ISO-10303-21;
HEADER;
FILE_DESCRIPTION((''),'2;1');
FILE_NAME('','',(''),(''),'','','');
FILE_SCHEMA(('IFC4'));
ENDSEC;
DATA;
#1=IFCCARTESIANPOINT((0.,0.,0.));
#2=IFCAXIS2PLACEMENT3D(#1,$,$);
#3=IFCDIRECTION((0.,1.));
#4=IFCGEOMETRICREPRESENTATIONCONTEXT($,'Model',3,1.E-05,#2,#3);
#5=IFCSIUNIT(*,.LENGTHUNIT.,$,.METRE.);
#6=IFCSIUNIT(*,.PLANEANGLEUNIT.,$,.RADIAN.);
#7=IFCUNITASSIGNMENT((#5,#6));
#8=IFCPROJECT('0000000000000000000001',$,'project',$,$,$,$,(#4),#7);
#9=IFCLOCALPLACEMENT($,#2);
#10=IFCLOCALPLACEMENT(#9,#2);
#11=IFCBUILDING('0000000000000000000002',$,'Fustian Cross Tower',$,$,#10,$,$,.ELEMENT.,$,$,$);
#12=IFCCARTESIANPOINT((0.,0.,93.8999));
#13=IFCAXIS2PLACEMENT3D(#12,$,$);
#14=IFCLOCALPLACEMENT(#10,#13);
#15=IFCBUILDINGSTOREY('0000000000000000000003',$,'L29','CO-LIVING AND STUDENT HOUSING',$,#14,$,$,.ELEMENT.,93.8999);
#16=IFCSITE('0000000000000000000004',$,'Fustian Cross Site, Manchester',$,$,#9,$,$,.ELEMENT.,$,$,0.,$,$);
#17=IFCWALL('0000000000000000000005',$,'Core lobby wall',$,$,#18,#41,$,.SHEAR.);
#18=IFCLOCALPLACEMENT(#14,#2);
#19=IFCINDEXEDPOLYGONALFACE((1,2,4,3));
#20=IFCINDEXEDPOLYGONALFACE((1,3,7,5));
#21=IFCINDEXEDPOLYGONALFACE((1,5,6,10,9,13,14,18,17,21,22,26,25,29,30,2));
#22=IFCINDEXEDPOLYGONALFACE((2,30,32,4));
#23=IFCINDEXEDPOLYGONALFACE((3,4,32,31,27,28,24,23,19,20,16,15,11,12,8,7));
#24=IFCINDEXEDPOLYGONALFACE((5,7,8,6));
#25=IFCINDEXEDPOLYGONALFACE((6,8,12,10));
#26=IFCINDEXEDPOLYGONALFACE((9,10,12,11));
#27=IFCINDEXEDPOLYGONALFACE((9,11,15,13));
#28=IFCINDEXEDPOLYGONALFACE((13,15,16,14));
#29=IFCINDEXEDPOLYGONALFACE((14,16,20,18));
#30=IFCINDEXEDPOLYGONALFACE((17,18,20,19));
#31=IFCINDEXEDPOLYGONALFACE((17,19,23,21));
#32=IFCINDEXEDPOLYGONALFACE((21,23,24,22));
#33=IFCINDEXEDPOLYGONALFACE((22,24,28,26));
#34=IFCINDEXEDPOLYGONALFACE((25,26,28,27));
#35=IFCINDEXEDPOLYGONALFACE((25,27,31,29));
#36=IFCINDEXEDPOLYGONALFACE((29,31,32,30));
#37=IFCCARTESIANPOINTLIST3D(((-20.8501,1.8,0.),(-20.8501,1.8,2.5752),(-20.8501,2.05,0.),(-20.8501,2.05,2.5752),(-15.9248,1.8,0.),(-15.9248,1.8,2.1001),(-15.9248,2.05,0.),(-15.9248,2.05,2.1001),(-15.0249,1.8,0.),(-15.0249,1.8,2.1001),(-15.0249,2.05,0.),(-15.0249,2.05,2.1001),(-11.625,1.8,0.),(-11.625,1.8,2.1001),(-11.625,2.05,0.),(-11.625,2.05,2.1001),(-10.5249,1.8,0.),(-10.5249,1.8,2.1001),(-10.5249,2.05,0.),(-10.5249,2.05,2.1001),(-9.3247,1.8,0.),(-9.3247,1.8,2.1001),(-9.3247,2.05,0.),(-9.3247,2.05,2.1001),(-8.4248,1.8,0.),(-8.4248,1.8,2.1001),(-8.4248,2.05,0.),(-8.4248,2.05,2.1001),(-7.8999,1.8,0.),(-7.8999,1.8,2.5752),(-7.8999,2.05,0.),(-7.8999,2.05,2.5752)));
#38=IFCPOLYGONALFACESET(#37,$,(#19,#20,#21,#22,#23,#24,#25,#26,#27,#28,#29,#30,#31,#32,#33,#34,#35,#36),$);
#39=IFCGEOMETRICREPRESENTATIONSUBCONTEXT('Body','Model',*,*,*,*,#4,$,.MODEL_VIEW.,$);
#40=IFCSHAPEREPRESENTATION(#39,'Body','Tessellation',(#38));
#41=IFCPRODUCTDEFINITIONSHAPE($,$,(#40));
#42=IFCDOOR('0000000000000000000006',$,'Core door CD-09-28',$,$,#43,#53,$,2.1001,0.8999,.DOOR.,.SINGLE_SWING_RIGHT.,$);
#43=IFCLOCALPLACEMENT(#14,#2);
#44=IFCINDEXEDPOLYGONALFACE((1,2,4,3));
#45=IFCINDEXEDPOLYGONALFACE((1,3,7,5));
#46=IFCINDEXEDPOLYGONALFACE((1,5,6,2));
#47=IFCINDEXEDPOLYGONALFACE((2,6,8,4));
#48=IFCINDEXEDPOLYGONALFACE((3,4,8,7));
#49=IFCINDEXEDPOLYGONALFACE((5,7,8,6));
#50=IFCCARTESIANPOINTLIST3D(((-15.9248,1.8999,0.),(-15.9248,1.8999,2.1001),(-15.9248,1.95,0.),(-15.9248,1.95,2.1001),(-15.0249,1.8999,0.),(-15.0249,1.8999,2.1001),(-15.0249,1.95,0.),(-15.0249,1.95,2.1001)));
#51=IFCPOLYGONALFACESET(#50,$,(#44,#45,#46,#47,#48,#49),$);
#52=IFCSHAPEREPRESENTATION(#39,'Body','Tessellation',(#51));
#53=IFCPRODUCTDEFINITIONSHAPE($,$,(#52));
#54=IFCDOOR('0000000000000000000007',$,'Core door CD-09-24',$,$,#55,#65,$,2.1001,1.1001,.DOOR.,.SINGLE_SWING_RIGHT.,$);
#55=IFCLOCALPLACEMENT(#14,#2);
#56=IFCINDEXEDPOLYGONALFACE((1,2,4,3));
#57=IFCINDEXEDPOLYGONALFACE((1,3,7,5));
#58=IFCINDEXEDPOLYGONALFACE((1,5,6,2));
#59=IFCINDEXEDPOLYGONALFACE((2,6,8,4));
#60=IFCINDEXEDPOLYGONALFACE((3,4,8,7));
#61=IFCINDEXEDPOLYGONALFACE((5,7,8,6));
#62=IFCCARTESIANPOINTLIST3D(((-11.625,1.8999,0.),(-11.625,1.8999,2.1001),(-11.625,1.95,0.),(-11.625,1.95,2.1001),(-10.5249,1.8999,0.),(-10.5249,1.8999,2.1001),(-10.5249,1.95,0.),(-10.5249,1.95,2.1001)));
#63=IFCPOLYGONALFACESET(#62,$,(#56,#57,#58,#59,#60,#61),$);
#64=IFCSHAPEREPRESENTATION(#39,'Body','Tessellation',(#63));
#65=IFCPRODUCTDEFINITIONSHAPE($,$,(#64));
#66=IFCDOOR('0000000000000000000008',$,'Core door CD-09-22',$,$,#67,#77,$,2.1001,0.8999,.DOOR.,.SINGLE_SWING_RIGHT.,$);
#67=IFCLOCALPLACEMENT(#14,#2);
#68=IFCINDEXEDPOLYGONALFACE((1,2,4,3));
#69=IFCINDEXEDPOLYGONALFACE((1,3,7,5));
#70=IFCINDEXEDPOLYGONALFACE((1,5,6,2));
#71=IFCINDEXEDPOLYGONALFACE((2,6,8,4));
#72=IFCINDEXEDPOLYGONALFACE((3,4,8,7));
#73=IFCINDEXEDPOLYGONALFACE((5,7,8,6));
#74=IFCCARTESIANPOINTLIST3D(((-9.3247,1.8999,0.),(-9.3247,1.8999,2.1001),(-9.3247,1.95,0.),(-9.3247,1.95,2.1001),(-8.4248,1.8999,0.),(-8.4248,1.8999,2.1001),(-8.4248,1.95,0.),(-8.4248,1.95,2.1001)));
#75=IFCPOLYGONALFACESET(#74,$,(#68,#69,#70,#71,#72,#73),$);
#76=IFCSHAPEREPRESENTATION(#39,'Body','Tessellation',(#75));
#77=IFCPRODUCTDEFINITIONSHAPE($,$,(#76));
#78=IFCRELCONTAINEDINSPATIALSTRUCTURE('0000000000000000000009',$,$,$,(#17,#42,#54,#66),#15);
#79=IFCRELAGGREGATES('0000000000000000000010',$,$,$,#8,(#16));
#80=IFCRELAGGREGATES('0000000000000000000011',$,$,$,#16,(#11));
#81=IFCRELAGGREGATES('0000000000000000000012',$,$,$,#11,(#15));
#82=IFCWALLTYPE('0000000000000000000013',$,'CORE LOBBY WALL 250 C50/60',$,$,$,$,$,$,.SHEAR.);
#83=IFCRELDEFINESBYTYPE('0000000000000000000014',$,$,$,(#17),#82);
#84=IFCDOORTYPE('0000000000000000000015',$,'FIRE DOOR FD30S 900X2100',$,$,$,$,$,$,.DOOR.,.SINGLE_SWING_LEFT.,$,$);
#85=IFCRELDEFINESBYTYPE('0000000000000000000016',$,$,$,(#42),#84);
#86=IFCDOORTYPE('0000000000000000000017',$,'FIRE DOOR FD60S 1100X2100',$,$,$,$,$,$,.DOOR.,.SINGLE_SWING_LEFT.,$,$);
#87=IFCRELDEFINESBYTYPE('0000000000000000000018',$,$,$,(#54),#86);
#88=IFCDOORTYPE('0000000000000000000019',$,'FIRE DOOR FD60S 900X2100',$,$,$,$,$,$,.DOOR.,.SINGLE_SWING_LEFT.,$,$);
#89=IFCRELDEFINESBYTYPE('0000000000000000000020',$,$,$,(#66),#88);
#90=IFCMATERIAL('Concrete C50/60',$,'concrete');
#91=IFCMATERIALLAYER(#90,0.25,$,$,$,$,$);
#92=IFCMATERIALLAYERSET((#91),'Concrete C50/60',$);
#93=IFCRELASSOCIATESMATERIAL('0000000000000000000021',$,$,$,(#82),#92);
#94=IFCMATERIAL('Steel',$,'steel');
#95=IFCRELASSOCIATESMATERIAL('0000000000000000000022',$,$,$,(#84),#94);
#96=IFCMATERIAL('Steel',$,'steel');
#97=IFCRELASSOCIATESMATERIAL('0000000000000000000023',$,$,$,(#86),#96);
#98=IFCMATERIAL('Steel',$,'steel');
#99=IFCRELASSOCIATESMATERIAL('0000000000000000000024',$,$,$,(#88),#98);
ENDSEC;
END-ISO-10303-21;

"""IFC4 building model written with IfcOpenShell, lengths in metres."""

from ifc_helpers import new_model, si_unit, direction, frame, frame_2d, origin, place, context, subcontext, project, spatial, rectangle, extrude, material, layer, layer_set, type_object, element, fill, save


model = new_model("IFC4")

# Units and contexts
model_context = context("Model", 3, precision=1e-05, world=origin(), true_north=direction((0.0, 1.0)))
body_context = subcontext(model_context, "Body", "Model", "MODEL_VIEW")
ifc_project = project(units=[si_unit("LENGTHUNIT", "METRE"), si_unit("PLANEANGLEUNIT", "RADIAN")], contexts=[model_context])

# Site, building, storey
site_placement = place(None, origin())
site = spatial("IfcSite", under=ifc_project, at=site_placement, Name="Fustian Cross Site, Manchester", CompositionType="ELEMENT", RefElevation=0.0)
building_placement = place(site_placement, origin())
building = spatial("IfcBuilding", under=site, at=building_placement, Name="Fustian Cross Tower", CompositionType="ELEMENT")
storey_placement = place(building_placement, frame((0.0, 0.0, 93.8999)))
storey = spatial("IfcBuildingStorey", under=building, at=storey_placement, Name="L29", Description="CO-LIVING AND STUDENT HOUSING", CompositionType="ELEMENT", Elevation=93.8999)

# Wall, openings, doors
ifc_material_1 = material(Name="Concrete C50/60", Category="concrete")
ifc_layer_1 = layer(ifc_material_1, 0.25)
ifc_layer_set_1 = layer_set([ifc_layer_1], Name="Concrete C50/60")
wall_type_1 = type_object("IfcWallType", Name="CORE LOBBY WALL 250 C50/60", PredefinedType="SHEAR", material=ifc_layer_set_1)
wall_1_placement = place(storey_placement, frame((-7.8999, 1.925, 0.0), z_axis=(0.0, 0.0, 1.0), x_axis=(-1.0, 0.0, 0.0)))
wall_1 = element("IfcWall", 1, at=wall_1_placement, inside=storey, type_object=wall_type_1, Name="Core lobby wall", PredefinedType="SHEAR", context=body_context, shape_type="SweptSolid", body=[
    extrude(rectangle(XDim=12.9502, YDim=0.25, at=frame_2d((6.4751, 0.0))), origin(), (0.0, 0.0, 1.0), 2.5752),
])
opening_1_placement = place(wall_1_placement, frame((0.5249, 0.0, 0.0)))
opening_1 = element("IfcOpeningElement", 2, at=opening_1_placement, cuts=wall_1, PredefinedType="OPENING", context=body_context, shape_type="SweptSolid", body=[
    extrude(rectangle(XDim=0.8999, YDim=2.1001, at=frame_2d((0.45, 1.05))), frame((0.0, 0.135, 0.0), z_axis=(0.0, -1.0, 0.0), x_axis=(1.0, 0.0, 0.0)), (0.0, 0.0, 1.0), 0.27),
])
opening_2_placement = place(wall_1_placement, frame((2.625, 0.0, 0.0)))
opening_2 = element("IfcOpeningElement", 3, at=opening_2_placement, cuts=wall_1, PredefinedType="OPENING", context=body_context, shape_type="SweptSolid", body=[
    extrude(rectangle(XDim=1.1001, YDim=2.1001, at=frame_2d((0.55, 1.05))), frame((0.0, 0.135, 0.0), z_axis=(0.0, -1.0, 0.0), x_axis=(1.0, 0.0, 0.0)), (0.0, 0.0, 1.0), 0.27),
])
opening_3_placement = place(wall_1_placement, frame((7.125, 0.0, 0.0)))
opening_3 = element("IfcOpeningElement", 4, at=opening_3_placement, cuts=wall_1, PredefinedType="OPENING", context=body_context, shape_type="SweptSolid", body=[
    extrude(rectangle(XDim=0.8999, YDim=2.1001, at=frame_2d((0.45, 1.05))), frame((0.0, 0.135, 0.0), z_axis=(0.0, -1.0, 0.0), x_axis=(1.0, 0.0, 0.0)), (0.0, 0.0, 1.0), 0.27),
])
ifc_material_2 = material(Name="Steel", Category="steel")
door_type_1 = type_object("IfcDoorType", Name="FIRE DOOR FD30S 900X2100", OperationType="SINGLE_SWING_LEFT", PredefinedType="DOOR", material=ifc_material_2)
door_1_placement = place(opening_3_placement, frame((0.8999, 0.0, 0.0), z_axis=(0.0, 0.0, 1.0), x_axis=(-1.0, 0.0, 0.0)))
door_1 = element("IfcDoor", 5, at=door_1_placement, inside=storey, type_object=door_type_1, Name="Core door CD-09-28", OperationType="SINGLE_SWING_RIGHT", OverallHeight=2.1001, OverallWidth=0.8999, PredefinedType="DOOR", context=body_context, shape_type="SweptSolid", body=[
    extrude(rectangle(XDim=0.8999, YDim=2.1001, at=frame_2d((0.45, 1.05))), frame((0.0, 0.0249, 0.0), z_axis=(0.0, -1.0, 0.0), x_axis=(1.0, 0.0, 0.0)), (0.0, 0.0, 1.0), 0.05),
])
fill(opening_3, door_1)
ifc_material_3 = material(Name="Steel", Category="steel")
door_type_2 = type_object("IfcDoorType", Name="FIRE DOOR FD60S 1100X2100", OperationType="SINGLE_SWING_LEFT", PredefinedType="DOOR", material=ifc_material_3)
door_2_placement = place(opening_2_placement, frame((1.1001, 0.0, 0.0), z_axis=(0.0, 0.0, 1.0), x_axis=(-1.0, 0.0, 0.0)))
door_2 = element("IfcDoor", 6, at=door_2_placement, inside=storey, type_object=door_type_2, Name="Core door CD-09-24", OperationType="SINGLE_SWING_RIGHT", OverallHeight=2.1001, OverallWidth=1.1001, PredefinedType="DOOR", context=body_context, shape_type="SweptSolid", body=[
    extrude(rectangle(XDim=1.1001, YDim=2.1001, at=frame_2d((0.55, 1.05))), frame((0.0, 0.0249, 0.0), z_axis=(0.0, -1.0, 0.0), x_axis=(1.0, 0.0, 0.0)), (0.0, 0.0, 1.0), 0.05),
])
fill(opening_2, door_2)
ifc_material_4 = material(Name="Steel", Category="steel")
door_type_3 = type_object("IfcDoorType", Name="FIRE DOOR FD60S 900X2100", OperationType="SINGLE_SWING_LEFT", PredefinedType="DOOR", material=ifc_material_4)
door_3_placement = place(opening_1_placement, frame((0.8999, 0.0, 0.0), z_axis=(0.0, 0.0, 1.0), x_axis=(-1.0, 0.0, 0.0)))
door_3 = element("IfcDoor", 7, at=door_3_placement, inside=storey, type_object=door_type_3, Name="Core door CD-09-22", OperationType="SINGLE_SWING_RIGHT", OverallHeight=2.1001, OverallWidth=0.8999, PredefinedType="DOOR", context=body_context, shape_type="SweptSolid", body=[
    extrude(rectangle(XDim=0.8999, YDim=2.1001, at=frame_2d((0.45, 1.05))), frame((0.0, 0.0249, 0.0), z_axis=(0.0, -1.0, 0.0), x_axis=(1.0, 0.0, 0.0)), (0.0, 0.0, 1.0), 0.05),
])
fill(opening_1, door_3)

save(model, "model.ifc")
